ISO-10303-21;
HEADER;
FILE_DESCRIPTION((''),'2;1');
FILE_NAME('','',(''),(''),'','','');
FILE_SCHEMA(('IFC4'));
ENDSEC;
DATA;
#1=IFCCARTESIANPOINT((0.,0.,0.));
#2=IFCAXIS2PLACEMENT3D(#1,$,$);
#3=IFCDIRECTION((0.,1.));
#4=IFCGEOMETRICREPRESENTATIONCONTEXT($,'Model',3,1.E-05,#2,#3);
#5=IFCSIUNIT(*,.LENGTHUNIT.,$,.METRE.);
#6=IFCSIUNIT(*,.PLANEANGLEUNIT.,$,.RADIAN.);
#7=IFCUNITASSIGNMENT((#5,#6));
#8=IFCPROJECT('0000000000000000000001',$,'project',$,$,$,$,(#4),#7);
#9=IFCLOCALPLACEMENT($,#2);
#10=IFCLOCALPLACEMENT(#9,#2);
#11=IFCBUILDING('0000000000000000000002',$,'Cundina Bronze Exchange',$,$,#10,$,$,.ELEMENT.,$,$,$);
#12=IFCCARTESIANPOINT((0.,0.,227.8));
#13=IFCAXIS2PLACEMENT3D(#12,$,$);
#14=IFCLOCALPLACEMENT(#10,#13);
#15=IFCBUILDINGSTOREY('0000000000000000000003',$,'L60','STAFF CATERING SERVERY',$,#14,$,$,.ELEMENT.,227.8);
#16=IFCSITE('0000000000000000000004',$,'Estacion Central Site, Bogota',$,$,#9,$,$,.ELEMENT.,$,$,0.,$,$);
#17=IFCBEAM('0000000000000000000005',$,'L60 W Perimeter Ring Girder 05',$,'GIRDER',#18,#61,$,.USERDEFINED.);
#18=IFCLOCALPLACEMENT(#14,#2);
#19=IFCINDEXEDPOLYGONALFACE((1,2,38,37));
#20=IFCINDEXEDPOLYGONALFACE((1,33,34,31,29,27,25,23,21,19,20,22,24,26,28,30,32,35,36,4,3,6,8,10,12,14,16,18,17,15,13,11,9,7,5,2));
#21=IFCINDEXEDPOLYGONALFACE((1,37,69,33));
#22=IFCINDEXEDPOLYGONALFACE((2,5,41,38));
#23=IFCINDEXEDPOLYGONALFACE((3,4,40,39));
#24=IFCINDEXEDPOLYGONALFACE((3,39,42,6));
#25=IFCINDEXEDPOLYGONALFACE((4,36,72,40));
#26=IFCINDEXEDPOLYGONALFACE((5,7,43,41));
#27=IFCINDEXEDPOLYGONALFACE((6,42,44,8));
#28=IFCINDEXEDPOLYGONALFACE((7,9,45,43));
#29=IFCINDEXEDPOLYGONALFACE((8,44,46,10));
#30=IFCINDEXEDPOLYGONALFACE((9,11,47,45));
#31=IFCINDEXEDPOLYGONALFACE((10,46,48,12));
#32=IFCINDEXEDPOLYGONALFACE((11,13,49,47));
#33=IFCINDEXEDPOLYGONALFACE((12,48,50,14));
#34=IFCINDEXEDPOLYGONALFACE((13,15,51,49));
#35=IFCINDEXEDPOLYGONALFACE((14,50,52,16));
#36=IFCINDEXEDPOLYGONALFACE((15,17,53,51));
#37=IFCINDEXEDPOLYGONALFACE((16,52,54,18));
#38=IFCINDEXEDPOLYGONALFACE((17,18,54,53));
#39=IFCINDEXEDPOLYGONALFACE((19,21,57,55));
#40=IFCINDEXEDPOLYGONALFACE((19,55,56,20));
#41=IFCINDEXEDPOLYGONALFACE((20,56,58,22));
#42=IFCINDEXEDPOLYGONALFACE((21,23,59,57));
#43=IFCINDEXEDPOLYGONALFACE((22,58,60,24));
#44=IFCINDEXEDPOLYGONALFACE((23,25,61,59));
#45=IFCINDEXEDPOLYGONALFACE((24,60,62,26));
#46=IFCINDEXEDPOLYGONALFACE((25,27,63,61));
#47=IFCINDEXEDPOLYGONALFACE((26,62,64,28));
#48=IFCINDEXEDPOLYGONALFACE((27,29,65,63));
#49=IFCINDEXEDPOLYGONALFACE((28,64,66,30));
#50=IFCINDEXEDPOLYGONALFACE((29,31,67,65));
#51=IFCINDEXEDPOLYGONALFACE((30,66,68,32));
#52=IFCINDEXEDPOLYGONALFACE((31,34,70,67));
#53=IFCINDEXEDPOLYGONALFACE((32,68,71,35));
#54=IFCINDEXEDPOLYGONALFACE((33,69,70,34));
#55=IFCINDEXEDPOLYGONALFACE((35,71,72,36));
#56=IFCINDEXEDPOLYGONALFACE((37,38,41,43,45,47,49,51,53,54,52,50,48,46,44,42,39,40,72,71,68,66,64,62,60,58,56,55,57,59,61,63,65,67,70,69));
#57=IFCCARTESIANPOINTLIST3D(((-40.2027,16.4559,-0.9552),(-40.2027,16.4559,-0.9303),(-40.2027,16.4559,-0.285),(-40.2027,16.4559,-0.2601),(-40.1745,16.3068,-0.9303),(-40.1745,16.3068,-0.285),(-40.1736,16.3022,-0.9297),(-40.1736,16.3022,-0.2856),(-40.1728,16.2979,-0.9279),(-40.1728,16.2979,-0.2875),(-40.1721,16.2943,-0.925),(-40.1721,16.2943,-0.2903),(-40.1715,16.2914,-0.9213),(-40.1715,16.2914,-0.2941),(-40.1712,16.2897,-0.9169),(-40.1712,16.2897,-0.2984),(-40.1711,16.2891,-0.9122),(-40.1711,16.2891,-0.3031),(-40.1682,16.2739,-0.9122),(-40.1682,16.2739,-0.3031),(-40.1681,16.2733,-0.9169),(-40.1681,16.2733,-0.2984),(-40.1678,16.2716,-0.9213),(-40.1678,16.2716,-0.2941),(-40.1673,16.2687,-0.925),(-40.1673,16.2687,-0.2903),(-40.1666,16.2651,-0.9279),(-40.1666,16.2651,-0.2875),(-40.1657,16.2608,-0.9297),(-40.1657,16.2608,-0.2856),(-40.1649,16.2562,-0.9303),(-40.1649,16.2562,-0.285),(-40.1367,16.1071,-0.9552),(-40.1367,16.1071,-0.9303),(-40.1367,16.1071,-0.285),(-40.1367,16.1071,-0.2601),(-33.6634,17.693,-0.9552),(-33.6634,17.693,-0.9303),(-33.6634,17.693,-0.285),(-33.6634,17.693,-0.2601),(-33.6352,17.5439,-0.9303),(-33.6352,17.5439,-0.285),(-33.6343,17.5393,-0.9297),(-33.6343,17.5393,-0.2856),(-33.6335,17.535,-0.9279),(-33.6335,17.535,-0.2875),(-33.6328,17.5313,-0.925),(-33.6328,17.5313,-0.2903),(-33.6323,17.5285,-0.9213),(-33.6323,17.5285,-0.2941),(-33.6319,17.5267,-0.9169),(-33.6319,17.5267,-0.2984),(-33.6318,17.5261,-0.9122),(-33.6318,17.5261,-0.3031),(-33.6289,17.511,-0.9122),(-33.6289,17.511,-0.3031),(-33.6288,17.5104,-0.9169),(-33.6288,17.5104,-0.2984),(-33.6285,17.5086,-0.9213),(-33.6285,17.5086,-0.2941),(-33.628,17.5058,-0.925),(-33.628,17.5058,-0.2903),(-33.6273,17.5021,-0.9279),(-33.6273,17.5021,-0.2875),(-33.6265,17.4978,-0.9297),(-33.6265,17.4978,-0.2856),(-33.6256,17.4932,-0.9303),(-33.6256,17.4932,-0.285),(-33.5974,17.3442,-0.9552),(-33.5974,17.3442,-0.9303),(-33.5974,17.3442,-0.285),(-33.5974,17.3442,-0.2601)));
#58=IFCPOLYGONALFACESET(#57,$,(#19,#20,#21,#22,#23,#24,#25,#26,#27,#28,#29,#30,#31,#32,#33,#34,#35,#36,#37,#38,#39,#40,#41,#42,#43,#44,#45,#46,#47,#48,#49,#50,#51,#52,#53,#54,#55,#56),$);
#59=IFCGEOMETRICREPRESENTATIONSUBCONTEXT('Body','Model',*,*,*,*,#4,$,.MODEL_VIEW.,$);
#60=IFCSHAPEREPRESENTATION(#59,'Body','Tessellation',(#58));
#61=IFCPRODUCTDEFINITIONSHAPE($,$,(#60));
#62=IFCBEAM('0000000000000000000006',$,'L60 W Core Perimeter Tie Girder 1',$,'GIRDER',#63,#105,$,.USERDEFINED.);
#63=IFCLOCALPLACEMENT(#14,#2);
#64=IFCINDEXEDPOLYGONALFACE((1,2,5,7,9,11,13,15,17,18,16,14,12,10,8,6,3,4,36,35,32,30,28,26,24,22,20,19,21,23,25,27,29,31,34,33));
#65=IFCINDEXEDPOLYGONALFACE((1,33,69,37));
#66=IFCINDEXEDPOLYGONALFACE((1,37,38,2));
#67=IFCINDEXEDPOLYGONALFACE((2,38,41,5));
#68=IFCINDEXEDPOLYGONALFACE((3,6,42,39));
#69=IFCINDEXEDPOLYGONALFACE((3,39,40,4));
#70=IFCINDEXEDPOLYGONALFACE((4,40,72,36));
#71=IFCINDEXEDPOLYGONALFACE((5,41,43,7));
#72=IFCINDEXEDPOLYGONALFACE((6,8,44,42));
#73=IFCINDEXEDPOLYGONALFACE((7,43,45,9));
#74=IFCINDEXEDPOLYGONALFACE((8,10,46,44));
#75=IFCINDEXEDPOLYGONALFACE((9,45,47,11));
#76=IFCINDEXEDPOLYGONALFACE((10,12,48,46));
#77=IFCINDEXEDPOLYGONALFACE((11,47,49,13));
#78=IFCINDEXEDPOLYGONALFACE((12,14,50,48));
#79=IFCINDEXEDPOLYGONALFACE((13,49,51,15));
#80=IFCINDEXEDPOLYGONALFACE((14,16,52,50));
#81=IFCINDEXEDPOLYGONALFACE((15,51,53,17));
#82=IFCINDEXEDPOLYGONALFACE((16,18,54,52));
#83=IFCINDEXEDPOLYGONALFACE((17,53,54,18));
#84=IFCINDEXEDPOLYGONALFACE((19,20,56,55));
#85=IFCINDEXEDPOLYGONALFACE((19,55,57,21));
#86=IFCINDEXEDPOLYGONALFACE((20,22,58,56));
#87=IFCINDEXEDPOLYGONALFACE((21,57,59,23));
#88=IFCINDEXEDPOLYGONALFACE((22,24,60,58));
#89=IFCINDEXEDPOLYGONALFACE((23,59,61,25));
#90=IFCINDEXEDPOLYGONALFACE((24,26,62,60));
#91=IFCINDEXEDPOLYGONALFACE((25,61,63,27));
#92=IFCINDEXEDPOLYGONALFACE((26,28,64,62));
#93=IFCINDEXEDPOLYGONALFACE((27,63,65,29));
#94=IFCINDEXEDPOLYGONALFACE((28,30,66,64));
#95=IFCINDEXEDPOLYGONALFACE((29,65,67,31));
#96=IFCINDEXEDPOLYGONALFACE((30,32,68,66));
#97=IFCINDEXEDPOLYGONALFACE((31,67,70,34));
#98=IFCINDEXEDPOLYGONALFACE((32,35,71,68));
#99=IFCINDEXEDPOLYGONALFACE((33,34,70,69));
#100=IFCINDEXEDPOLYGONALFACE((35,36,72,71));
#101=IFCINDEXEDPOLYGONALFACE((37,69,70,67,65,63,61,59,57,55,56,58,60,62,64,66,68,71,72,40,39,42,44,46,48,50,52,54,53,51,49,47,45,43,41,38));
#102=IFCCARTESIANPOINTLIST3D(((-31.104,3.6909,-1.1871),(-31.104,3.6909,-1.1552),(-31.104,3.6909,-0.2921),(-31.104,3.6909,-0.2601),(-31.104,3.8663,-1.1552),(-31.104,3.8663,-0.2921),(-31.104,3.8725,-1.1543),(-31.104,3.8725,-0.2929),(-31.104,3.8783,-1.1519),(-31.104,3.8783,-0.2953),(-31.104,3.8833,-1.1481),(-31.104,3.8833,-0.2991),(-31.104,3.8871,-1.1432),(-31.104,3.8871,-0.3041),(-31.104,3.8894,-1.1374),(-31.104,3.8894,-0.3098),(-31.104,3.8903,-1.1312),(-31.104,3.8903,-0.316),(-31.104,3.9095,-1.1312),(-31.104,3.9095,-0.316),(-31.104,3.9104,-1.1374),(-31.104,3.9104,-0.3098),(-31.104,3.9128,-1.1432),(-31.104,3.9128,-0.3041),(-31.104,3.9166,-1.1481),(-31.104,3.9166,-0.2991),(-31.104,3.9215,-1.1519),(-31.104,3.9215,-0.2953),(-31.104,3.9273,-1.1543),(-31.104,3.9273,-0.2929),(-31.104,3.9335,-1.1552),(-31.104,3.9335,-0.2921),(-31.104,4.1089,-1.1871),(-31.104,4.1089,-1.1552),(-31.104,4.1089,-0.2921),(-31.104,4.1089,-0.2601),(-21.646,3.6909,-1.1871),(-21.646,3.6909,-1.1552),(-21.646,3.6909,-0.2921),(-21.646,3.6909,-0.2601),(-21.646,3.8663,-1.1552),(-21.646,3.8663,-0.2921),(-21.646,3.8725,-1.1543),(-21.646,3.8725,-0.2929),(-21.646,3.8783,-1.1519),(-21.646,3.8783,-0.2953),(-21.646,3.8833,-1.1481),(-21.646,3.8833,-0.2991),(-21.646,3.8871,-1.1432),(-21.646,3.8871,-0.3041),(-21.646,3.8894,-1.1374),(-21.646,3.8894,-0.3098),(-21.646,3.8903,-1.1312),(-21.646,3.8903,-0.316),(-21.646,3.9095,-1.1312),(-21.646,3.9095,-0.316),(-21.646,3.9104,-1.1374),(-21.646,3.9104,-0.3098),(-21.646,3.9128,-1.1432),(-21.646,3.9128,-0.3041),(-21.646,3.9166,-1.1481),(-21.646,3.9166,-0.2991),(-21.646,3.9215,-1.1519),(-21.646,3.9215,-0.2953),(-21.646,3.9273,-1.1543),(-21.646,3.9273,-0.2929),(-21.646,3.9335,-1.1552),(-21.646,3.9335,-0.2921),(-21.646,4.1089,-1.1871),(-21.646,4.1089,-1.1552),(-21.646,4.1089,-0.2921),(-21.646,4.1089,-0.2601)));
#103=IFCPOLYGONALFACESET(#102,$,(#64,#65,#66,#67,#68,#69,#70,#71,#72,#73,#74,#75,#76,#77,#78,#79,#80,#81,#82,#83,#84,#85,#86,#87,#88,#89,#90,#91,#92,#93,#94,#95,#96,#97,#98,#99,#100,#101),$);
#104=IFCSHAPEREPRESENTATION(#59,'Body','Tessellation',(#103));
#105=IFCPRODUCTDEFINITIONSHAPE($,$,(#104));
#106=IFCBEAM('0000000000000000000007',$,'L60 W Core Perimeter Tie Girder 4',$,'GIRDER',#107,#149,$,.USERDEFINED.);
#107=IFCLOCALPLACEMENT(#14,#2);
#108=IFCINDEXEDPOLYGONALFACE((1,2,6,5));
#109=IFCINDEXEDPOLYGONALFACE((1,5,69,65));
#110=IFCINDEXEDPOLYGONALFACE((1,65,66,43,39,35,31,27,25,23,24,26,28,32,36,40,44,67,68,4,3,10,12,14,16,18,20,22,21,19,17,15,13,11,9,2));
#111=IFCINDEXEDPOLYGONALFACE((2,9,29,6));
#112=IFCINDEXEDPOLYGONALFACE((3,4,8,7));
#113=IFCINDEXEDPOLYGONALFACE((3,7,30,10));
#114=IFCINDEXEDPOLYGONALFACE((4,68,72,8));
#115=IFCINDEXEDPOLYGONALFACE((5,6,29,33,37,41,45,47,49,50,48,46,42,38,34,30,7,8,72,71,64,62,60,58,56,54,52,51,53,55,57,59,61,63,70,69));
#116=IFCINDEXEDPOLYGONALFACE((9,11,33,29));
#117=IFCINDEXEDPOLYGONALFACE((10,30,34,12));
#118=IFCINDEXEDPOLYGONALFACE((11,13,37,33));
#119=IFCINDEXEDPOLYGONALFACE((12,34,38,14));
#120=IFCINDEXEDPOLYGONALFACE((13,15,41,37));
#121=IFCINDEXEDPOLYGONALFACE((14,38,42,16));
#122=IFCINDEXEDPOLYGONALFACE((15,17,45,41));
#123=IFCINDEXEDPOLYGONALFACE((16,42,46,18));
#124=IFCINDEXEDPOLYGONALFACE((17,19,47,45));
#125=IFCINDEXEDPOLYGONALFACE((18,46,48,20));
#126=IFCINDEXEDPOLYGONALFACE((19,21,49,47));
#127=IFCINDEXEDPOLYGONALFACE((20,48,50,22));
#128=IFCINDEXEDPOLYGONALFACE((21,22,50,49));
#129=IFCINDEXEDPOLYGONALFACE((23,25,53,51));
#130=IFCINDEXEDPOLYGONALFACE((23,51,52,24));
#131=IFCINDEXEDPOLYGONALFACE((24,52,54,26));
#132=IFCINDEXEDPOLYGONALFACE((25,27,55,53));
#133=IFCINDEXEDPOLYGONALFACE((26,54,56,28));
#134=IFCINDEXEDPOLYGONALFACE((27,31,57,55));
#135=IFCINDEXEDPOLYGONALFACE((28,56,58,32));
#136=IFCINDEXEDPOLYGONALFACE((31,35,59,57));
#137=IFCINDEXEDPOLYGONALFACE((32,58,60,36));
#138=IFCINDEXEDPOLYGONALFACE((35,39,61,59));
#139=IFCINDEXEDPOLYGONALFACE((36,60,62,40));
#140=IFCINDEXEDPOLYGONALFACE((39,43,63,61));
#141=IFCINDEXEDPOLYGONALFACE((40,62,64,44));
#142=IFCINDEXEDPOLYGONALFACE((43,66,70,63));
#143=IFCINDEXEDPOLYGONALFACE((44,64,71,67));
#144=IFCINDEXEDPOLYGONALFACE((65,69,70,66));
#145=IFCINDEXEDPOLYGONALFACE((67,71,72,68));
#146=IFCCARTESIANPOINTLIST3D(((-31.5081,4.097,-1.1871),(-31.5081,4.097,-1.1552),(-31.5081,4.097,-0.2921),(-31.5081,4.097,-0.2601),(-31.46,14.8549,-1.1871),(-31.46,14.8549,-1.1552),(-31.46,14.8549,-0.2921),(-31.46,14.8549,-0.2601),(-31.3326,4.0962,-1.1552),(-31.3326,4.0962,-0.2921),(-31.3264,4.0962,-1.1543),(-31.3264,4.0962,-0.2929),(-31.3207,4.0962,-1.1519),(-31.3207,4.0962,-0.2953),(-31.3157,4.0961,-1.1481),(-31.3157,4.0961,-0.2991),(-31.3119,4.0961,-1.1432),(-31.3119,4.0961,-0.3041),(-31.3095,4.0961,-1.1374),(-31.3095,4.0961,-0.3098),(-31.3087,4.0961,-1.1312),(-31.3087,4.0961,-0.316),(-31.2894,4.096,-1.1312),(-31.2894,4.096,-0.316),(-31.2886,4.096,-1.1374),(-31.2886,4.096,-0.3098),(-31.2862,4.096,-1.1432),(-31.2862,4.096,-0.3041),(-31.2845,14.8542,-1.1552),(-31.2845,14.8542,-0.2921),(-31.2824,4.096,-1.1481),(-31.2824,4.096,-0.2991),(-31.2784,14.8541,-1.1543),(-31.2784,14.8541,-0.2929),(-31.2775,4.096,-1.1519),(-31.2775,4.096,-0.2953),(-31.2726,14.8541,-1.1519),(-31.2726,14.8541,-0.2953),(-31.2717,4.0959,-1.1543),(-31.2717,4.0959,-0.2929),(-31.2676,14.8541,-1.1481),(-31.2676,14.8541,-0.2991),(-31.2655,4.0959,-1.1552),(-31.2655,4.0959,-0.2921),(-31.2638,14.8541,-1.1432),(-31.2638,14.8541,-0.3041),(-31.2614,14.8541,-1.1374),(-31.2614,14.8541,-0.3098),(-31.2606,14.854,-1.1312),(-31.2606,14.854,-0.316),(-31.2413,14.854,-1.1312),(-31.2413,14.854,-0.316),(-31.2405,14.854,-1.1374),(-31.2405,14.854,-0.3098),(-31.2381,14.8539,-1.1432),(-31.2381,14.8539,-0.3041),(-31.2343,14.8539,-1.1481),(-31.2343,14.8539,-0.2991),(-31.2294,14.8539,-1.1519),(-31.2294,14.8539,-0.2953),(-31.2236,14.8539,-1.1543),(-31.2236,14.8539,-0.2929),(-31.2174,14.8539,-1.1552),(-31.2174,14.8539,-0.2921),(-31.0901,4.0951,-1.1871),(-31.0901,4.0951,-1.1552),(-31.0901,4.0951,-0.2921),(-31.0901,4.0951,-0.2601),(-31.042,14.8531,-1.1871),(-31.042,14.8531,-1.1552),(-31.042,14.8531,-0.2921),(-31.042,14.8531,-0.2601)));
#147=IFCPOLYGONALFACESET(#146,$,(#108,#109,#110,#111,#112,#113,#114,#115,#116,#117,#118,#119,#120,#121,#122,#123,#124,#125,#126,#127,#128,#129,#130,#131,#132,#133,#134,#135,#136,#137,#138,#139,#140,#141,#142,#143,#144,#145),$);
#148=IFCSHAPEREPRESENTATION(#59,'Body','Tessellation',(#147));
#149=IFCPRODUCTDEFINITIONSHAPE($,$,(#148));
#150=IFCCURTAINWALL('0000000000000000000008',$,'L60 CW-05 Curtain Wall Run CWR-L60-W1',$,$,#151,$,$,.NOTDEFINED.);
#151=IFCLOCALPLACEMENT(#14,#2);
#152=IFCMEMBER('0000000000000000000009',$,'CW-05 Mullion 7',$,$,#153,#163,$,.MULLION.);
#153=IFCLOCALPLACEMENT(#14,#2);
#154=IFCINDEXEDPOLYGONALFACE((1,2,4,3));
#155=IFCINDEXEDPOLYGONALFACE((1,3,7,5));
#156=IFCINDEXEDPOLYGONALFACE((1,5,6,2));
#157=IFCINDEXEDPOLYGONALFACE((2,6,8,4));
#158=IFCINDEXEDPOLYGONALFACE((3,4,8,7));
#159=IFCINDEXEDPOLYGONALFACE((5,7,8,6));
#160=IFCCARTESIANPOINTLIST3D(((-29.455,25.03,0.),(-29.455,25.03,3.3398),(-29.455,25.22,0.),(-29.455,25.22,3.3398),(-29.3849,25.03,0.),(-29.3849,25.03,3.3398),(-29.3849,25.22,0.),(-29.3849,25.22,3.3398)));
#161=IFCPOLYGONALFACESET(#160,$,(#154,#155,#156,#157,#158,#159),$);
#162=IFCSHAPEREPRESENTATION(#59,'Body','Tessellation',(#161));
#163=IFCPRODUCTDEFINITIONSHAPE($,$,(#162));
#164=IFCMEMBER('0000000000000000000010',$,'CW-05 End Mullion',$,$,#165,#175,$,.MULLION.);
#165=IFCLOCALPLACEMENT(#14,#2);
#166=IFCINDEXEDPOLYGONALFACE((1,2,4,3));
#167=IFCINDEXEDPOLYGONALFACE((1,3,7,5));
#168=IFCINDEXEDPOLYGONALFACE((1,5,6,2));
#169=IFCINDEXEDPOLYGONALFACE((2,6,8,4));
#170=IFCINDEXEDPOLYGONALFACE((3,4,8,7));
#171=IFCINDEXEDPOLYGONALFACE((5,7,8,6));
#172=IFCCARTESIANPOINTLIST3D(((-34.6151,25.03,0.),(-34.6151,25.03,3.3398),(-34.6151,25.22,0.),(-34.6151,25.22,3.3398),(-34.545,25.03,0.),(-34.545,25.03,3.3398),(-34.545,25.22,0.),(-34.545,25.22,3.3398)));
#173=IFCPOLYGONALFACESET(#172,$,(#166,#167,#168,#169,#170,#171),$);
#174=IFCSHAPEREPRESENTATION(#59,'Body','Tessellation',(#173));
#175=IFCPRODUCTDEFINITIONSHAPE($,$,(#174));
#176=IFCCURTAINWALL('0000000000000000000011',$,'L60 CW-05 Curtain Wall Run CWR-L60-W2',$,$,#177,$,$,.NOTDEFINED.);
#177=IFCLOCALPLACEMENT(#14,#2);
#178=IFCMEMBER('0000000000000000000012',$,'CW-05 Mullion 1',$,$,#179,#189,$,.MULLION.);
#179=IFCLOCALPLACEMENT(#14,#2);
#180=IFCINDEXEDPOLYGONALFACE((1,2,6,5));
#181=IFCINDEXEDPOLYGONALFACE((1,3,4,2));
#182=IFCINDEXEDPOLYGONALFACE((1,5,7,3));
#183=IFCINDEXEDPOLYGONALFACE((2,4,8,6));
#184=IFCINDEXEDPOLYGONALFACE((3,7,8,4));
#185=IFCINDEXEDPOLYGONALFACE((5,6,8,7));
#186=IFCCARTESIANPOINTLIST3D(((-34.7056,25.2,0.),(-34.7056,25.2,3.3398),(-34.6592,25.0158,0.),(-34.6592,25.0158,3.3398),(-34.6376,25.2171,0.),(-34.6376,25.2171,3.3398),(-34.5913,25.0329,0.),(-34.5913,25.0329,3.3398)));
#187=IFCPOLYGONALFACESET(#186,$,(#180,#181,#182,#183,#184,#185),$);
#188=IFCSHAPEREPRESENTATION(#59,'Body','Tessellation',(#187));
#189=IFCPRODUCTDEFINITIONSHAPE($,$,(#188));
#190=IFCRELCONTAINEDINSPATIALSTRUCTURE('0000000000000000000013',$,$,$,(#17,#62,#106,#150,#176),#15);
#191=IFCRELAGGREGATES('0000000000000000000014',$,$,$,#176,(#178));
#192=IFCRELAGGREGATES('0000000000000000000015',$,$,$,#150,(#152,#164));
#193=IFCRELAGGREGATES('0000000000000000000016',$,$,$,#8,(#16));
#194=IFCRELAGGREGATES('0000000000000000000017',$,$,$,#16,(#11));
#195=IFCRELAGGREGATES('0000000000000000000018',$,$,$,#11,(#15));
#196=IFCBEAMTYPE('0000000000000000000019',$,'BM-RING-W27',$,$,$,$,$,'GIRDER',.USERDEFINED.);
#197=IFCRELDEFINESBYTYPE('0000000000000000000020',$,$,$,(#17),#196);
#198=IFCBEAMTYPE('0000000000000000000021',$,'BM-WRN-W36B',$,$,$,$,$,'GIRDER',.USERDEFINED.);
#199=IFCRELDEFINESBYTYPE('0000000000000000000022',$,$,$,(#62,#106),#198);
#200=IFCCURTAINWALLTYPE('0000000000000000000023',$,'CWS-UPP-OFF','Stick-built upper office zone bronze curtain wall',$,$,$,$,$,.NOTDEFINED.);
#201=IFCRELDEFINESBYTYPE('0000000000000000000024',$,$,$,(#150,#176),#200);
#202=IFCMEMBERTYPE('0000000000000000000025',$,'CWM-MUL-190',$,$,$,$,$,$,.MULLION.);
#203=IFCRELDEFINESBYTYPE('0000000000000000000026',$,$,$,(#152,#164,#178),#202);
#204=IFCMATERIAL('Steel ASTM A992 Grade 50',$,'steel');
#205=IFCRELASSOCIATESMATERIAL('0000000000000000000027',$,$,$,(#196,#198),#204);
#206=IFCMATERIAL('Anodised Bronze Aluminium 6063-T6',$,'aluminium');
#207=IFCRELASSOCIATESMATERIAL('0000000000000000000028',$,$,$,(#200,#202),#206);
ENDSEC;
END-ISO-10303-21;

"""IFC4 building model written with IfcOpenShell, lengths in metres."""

from ifc_helpers import new_model, si_unit, direction, frame, origin, origin_2d, place, context, subcontext, project, spatial, rectangle, i_section, extrude, material, material_profile, profile_set, type_object, element, aggregate, save


model = new_model("IFC4")

# Units and contexts
model_context = context("Model", 3, precision=1e-05, world=origin(), true_north=direction((0.0, 1.0)))
body_context = subcontext(model_context, "Body", "Model", "MODEL_VIEW")
ifc_project = project(units=[si_unit("LENGTHUNIT", "METRE"), si_unit("PLANEANGLEUNIT", "RADIAN")], contexts=[model_context])

# Site, building, storey
site_placement = place(None, origin())
site = spatial("IfcSite", under=ifc_project, at=site_placement, Name="Estacion Central Site, Bogota", CompositionType="ELEMENT", RefElevation=0.0)
building_placement = place(site_placement, origin())
building = spatial("IfcBuilding", under=site, at=building_placement, Name="Cundina Bronze Exchange", CompositionType="ELEMENT")
storey_placement = place(building_placement, frame((0.0, 0.0, 227.8)))
storey = spatial("IfcBuildingStorey", under=building, at=storey_placement, Name="L60", Description="STAFF CATERING SERVERY", CompositionType="ELEMENT", Elevation=227.8)

# Shared definitions
ifc_material_1 = material(Name="Steel ASTM A992 Grade 50", Category="steel")

# Beams
ifc_material_profile_1 = material_profile(ifc_material_1, i_section(OverallWidth=0.355, OverallDepth=0.6951, WebThickness=0.0154, FlangeThickness=0.0249, FilletRadius=0.0181, at=origin_2d()), Name="W27X146", Category="steel")
ifc_profile_set_1 = profile_set([ifc_material_profile_1], Name="Steel ASTM A992 Grade 50")
beam_type_1 = type_object("IfcBeamType", Name="BM-RING-W27", ElementType="GIRDER", PredefinedType="USERDEFINED", material=ifc_profile_set_1)
beam_1_placement = place(storey_placement, frame((-33.6304, 17.5186, -0.6077), z_axis=(-0.982573, -0.185876, 0.0), x_axis=(0.185876, -0.982573, 0.0)))
element("IfcBeam", 1, at=beam_1_placement, inside=storey, type_object=beam_type_1, Name="L60 W Perimeter Ring Girder 05", ObjectType="GIRDER", PredefinedType="USERDEFINED", context=body_context, shape_type="SweptSolid", body=[
    extrude(i_section(OverallWidth=0.355, OverallDepth=0.6951, WebThickness=0.0154, FlangeThickness=0.0249, FilletRadius=0.0181, at=origin_2d()), origin(), (0.0, 0.0, 1.0), 6.6553),
])
ifc_material_profile_2 = material_profile(ifc_material_1, i_section(OverallWidth=0.418, OverallDepth=0.927, WebThickness=0.0193, FlangeThickness=0.032, FilletRadius=0.0239, at=origin_2d()), Name="W36X231", Category="steel")
ifc_profile_set_2 = profile_set([ifc_material_profile_2], Name="Steel ASTM A992 Grade 50")
beam_type_2 = type_object("IfcBeamType", Name="BM-WRN-W36B", ElementType="GIRDER", PredefinedType="USERDEFINED", material=ifc_profile_set_2)
beam_2_placement = place(storey_placement, frame((-31.104, 3.8999, -0.7236), z_axis=(1.0, 0.0, 0.0), x_axis=(0.0, 1.0, 0.0)))
element("IfcBeam", 2, at=beam_2_placement, inside=storey, type_object=beam_type_2, Name="L60 W Core Perimeter Tie Girder 1", ObjectType="GIRDER", PredefinedType="USERDEFINED", context=body_context, shape_type="SweptSolid", body=[
    extrude(i_section(OverallWidth=0.418, OverallDepth=0.927, WebThickness=0.0193, FlangeThickness=0.032, FilletRadius=0.0239, at=origin_2d()), origin(), (0.0, 0.0, 1.0), 9.458),
])
beam_3_placement = place(storey_placement, frame((-31.251, 14.854, -0.7236), z_axis=(-0.004471, -0.99999, 0.0), x_axis=(0.99999, -0.004471, 0.0)))
element("IfcBeam", 3, at=beam_3_placement, inside=storey, type_object=beam_type_2, Name="L60 W Core Perimeter Tie Girder 4", ObjectType="GIRDER", PredefinedType="USERDEFINED", context=body_context, shape_type="SweptSolid", body=[
    extrude(i_section(OverallWidth=0.418, OverallDepth=0.927, WebThickness=0.0193, FlangeThickness=0.032, FilletRadius=0.0239, at=origin_2d()), origin(), (0.0, 0.0, 1.0), 10.7581),
])

# Curtain wall, members
ifc_material_2 = material(Name="Anodised Bronze Aluminium 6063-T6", Category="aluminium")
curtain_wall_type = type_object("IfcCurtainWallType", Name="CWS-UPP-OFF", Description="Stick-built upper office zone bronze curtain wall", PredefinedType="NOTDEFINED", material=ifc_material_2)
curtain_wall_1_placement = place(storey_placement, origin())
curtain_wall_1 = element("IfcCurtainWall", 4, at=curtain_wall_1_placement, inside=storey, type_object=curtain_wall_type, Name="L60 CW-05 Curtain Wall Run CWR-L60-W1", PredefinedType="NOTDEFINED")
ifc_material_profile_3 = material_profile(ifc_material_2, rectangle(XDim=0.0701, YDim=0.1899, at=origin_2d()), Name="AL70X190", Category="aluminium")
ifc_profile_set_3 = profile_set([ifc_material_profile_3], Name="Anodised Bronze Aluminium 6063-T6")
member_type_1 = type_object("IfcMemberType", Name="CWM-MUL-190", PredefinedType="MULLION", material=ifc_profile_set_3)
member_1_placement = place(storey_placement, frame((-29.4199, 25.125, 0.0), z_axis=(0.0, 0.0, 1.0), x_axis=(-1.0, 0.0, 0.0)))
member_1 = element("IfcMember", 5, at=member_1_placement, type_object=member_type_1, Name="CW-05 Mullion 7", PredefinedType="MULLION", context=body_context, shape_type="SweptSolid", body=[
    extrude(rectangle(XDim=0.0701, YDim=0.1899, at=origin_2d()), origin(), (0.0, 0.0, 1.0), 3.3398),
])
member_2_placement = place(storey_placement, frame((-34.5801, 25.125, 0.0), z_axis=(0.0, 0.0, 1.0), x_axis=(-1.0, 0.0, 0.0)))
member_2 = element("IfcMember", 6, at=member_2_placement, type_object=member_type_1, Name="CW-05 End Mullion", PredefinedType="MULLION", context=body_context, shape_type="SweptSolid", body=[
    extrude(rectangle(XDim=0.0701, YDim=0.1899, at=origin_2d()), origin(), (0.0, 0.0, 1.0), 3.3398),
])

# Curtain wall, member
curtain_wall_2_placement = place(storey_placement, origin())
curtain_wall_2 = element("IfcCurtainWall", 7, at=curtain_wall_2_placement, inside=storey, type_object=curtain_wall_type, Name="L60 CW-05 Curtain Wall Run CWR-L60-W2", PredefinedType="NOTDEFINED")
member_3_placement = place(storey_placement, frame((-34.6484, 25.1165, 0.0), z_axis=(0.0, 0.0, 1.0), x_axis=(-0.969744, -0.244123, 0.0)))
member_3 = element("IfcMember", 8, at=member_3_placement, type_object=member_type_1, Name="CW-05 Mullion 1", PredefinedType="MULLION", context=body_context, shape_type="SweptSolid", body=[
    extrude(rectangle(XDim=0.0701, YDim=0.1899, at=origin_2d()), origin(), (0.0, 0.0, 1.0), 3.3398),
])

aggregate(curtain_wall_2, [member_3])

aggregate(curtain_wall_1, [member_1, member_2])

save(model, "model.ifc")
